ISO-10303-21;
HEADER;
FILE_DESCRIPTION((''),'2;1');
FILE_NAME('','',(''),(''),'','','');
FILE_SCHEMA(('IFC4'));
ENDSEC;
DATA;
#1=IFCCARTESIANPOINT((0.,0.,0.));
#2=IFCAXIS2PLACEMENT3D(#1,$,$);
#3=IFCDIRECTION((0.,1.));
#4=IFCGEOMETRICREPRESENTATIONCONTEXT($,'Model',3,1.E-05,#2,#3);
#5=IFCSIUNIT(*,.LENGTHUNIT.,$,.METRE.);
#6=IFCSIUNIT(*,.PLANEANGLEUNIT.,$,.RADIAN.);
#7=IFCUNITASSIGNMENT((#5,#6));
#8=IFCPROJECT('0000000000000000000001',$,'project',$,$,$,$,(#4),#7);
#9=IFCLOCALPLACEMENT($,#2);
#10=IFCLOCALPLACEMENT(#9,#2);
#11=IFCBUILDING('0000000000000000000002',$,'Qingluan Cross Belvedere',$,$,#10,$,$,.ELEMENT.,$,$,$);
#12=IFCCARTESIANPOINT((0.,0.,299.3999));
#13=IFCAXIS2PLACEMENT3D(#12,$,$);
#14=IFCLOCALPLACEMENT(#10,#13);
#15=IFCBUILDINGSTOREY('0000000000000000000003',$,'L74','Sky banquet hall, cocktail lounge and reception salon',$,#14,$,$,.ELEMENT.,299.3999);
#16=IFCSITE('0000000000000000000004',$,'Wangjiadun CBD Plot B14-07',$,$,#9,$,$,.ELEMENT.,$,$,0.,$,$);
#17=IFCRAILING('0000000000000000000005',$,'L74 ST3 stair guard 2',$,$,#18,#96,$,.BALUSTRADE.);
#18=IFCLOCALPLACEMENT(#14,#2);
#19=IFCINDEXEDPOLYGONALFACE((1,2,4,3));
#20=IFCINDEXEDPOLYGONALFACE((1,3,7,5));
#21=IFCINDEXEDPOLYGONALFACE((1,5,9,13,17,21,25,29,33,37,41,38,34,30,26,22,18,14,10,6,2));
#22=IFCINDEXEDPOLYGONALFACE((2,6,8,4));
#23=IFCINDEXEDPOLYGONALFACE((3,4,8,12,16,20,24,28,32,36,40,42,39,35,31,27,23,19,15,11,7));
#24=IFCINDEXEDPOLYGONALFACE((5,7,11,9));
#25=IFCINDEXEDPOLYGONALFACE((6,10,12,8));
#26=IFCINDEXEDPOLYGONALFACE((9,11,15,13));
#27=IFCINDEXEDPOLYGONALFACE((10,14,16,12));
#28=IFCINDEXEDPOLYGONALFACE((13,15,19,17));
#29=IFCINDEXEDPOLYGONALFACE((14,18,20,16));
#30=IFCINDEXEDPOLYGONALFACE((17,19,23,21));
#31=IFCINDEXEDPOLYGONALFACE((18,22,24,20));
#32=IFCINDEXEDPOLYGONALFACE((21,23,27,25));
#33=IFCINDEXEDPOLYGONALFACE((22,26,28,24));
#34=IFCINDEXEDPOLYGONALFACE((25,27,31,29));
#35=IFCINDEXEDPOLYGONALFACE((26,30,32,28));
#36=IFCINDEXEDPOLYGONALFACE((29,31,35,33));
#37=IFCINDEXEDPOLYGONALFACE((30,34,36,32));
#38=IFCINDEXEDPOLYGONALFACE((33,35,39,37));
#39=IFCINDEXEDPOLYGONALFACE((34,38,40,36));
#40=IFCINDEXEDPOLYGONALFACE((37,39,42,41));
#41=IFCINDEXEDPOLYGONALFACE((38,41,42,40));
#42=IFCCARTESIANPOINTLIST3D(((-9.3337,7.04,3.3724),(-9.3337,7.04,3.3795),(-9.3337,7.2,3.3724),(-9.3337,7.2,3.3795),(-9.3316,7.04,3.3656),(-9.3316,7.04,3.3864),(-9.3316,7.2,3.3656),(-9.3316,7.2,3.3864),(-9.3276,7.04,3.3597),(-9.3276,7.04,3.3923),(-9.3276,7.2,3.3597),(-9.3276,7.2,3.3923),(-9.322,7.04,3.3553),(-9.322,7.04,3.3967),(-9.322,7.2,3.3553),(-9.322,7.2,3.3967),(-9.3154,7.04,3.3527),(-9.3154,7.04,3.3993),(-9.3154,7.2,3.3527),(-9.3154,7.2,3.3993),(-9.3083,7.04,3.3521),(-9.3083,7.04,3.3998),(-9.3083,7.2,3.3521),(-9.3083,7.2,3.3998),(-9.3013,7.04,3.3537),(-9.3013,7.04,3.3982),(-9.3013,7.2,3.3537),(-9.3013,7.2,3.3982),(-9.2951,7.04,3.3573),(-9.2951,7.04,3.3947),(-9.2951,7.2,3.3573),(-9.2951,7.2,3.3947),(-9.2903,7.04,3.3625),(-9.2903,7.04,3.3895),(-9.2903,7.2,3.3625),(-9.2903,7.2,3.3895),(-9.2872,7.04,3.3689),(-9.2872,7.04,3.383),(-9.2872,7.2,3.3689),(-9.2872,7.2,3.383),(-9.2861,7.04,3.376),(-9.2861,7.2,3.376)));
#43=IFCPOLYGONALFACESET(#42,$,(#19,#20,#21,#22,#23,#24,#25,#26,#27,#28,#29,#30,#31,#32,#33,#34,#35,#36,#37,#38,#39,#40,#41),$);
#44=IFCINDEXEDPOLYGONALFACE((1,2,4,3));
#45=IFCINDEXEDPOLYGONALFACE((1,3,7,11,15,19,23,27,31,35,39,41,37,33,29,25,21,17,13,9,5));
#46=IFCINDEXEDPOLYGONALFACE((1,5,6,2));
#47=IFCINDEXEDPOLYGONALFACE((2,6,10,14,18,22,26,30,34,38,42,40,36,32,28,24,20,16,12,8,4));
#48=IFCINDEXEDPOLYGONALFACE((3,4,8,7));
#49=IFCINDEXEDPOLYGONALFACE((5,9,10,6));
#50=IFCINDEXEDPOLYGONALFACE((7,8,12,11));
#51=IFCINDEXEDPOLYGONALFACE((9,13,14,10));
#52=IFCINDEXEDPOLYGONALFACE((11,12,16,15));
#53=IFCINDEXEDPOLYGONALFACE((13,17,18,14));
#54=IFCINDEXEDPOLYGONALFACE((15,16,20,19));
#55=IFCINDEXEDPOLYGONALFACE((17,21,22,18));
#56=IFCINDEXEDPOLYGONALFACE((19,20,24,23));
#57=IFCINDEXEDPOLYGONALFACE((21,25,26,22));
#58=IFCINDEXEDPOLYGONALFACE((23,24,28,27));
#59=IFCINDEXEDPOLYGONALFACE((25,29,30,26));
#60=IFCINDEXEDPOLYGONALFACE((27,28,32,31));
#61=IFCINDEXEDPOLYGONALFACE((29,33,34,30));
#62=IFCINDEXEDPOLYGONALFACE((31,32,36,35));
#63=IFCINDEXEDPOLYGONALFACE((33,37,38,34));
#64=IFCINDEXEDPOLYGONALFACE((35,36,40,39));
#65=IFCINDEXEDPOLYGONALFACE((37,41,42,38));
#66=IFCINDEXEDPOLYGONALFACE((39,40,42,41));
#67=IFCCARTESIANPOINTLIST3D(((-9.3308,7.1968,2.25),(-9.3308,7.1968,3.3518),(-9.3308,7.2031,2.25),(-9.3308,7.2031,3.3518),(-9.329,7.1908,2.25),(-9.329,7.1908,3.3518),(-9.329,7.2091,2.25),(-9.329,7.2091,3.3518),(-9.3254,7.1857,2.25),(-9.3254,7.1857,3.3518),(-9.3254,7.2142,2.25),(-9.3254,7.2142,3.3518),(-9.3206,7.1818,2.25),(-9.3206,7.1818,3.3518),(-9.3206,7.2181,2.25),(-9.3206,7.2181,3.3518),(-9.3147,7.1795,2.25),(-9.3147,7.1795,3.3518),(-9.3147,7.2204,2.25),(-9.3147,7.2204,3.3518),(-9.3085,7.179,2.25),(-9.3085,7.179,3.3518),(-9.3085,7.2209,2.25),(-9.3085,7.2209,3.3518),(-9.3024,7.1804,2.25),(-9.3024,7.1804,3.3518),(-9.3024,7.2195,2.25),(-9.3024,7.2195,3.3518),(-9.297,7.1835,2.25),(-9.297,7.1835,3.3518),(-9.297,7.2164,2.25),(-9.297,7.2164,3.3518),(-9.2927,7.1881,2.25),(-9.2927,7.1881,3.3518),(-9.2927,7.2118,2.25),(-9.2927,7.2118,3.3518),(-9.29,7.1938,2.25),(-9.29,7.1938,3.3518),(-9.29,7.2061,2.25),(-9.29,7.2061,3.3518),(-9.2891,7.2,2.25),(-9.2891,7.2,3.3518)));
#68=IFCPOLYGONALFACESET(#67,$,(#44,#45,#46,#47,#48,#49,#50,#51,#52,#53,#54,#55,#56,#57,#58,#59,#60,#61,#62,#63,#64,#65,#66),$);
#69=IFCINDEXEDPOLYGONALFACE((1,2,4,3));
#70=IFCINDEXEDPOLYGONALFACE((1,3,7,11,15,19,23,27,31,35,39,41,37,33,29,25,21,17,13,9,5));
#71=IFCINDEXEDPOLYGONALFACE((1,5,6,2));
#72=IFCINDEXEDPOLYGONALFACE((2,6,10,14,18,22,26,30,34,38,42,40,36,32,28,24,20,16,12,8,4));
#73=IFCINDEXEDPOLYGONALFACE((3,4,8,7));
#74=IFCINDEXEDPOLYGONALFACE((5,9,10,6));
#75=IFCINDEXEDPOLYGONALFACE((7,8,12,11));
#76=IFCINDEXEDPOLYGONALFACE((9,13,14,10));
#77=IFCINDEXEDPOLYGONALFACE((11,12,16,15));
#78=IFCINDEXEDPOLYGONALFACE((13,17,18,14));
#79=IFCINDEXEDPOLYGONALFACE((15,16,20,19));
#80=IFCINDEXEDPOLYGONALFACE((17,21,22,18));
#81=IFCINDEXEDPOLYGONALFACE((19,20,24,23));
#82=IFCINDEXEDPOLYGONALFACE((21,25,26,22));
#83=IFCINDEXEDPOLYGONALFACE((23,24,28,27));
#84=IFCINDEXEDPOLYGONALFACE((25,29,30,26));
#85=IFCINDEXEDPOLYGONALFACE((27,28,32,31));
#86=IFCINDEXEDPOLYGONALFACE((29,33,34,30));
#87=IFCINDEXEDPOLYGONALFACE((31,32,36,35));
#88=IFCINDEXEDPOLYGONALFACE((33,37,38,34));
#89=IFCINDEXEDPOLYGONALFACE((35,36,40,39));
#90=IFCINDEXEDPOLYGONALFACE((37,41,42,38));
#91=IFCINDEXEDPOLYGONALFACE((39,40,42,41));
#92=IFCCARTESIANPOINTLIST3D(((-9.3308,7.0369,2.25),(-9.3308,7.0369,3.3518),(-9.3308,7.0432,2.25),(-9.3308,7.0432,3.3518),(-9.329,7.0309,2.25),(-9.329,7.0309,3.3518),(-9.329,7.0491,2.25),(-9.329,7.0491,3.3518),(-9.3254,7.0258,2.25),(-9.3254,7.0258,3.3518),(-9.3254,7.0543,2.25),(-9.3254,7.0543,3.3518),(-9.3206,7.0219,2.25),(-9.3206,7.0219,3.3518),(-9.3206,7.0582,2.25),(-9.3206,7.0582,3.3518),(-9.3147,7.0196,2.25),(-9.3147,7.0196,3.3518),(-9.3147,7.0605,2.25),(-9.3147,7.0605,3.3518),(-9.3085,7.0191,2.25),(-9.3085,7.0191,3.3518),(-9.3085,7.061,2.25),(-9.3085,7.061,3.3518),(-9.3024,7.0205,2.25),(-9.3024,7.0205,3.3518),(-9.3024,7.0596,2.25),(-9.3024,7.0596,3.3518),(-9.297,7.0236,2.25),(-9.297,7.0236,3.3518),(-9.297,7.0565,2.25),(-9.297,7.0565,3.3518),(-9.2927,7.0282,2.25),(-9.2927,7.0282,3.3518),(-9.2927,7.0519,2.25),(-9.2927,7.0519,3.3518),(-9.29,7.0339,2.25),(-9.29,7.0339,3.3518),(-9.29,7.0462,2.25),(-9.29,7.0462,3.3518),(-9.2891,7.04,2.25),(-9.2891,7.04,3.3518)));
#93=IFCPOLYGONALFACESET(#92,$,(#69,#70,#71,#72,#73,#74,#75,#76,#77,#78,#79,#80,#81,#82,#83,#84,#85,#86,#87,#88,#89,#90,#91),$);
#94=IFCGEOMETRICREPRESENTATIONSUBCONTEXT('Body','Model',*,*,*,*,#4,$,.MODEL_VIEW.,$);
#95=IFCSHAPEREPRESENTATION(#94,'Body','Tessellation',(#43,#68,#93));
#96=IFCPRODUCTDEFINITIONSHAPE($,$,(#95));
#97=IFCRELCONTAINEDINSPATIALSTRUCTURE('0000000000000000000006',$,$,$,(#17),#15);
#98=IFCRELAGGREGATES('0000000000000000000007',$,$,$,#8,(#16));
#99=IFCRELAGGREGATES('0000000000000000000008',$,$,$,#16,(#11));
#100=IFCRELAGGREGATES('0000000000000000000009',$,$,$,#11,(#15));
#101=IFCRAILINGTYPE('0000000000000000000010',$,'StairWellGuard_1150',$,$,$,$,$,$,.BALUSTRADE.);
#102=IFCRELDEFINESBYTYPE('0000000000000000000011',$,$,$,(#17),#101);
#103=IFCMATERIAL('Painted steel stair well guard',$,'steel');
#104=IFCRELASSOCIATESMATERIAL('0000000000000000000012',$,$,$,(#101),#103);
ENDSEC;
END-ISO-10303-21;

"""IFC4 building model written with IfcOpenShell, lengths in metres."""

from ifc_helpers import new_model, si_unit, direction, frame, origin, origin_2d, place, context, subcontext, project, spatial, circle, extrude, material, type_object, element, save


model = new_model("IFC4")

# Units and contexts
model_context = context("Model", 3, precision=1e-05, world=origin(), true_north=direction((0.0, 1.0)))
body_context = subcontext(model_context, "Body", "Model", "MODEL_VIEW")
ifc_project = project(units=[si_unit("LENGTHUNIT", "METRE"), si_unit("PLANEANGLEUNIT", "RADIAN")], contexts=[model_context])

# Site, building, storey
site_placement = place(None, origin())
site = spatial("IfcSite", under=ifc_project, at=site_placement, Name="Wangjiadun CBD Plot B14-07", CompositionType="ELEMENT", RefElevation=0.0)
building_placement = place(site_placement, origin())
building = spatial("IfcBuilding", under=site, at=building_placement, Name="Qingluan Cross Belvedere", CompositionType="ELEMENT")
storey_placement = place(building_placement, frame((0.0, 0.0, 299.3999)))
storey = spatial("IfcBuildingStorey", under=building, at=storey_placement, Name="L74", Description="Sky banquet hall, cocktail lounge and reception salon", CompositionType="ELEMENT", Elevation=299.3999)

# Railing
ifc_material_1 = material(Name="Painted steel stair well guard", Category="steel")
railing_type_1 = type_object("IfcRailingType", Name="StairWellGuard_1150", PredefinedType="BALUSTRADE", material=ifc_material_1)
railing_1_placement = place(storey_placement, frame((-9.3101, 7.2, 2.25)))
element("IfcRailing", 1, at=railing_1_placement, inside=storey, type_object=railing_type_1, Name="L74 ST3 stair guard 2", PredefinedType="BALUSTRADE", context=body_context, shape_type="SweptSolid", body=[
    extrude(circle(Radius=0.0239, at=origin_2d()), frame((0.0, 0.0, 1.126), z_axis=(0.0, -1.0, 0.0), x_axis=(1.0, 0.0, 0.0)), (0.0, 0.0, 1.0), 0.1599),
    extrude(circle(Radius=0.021, at=origin_2d()), origin(), (0.0, 0.0, 1.0), 1.1018),
    extrude(circle(Radius=0.021, at=origin_2d()), frame((0.0, -0.1599, 0.0)), (0.0, 0.0, 1.0), 1.1018),
])

save(model, "model.ifc")
